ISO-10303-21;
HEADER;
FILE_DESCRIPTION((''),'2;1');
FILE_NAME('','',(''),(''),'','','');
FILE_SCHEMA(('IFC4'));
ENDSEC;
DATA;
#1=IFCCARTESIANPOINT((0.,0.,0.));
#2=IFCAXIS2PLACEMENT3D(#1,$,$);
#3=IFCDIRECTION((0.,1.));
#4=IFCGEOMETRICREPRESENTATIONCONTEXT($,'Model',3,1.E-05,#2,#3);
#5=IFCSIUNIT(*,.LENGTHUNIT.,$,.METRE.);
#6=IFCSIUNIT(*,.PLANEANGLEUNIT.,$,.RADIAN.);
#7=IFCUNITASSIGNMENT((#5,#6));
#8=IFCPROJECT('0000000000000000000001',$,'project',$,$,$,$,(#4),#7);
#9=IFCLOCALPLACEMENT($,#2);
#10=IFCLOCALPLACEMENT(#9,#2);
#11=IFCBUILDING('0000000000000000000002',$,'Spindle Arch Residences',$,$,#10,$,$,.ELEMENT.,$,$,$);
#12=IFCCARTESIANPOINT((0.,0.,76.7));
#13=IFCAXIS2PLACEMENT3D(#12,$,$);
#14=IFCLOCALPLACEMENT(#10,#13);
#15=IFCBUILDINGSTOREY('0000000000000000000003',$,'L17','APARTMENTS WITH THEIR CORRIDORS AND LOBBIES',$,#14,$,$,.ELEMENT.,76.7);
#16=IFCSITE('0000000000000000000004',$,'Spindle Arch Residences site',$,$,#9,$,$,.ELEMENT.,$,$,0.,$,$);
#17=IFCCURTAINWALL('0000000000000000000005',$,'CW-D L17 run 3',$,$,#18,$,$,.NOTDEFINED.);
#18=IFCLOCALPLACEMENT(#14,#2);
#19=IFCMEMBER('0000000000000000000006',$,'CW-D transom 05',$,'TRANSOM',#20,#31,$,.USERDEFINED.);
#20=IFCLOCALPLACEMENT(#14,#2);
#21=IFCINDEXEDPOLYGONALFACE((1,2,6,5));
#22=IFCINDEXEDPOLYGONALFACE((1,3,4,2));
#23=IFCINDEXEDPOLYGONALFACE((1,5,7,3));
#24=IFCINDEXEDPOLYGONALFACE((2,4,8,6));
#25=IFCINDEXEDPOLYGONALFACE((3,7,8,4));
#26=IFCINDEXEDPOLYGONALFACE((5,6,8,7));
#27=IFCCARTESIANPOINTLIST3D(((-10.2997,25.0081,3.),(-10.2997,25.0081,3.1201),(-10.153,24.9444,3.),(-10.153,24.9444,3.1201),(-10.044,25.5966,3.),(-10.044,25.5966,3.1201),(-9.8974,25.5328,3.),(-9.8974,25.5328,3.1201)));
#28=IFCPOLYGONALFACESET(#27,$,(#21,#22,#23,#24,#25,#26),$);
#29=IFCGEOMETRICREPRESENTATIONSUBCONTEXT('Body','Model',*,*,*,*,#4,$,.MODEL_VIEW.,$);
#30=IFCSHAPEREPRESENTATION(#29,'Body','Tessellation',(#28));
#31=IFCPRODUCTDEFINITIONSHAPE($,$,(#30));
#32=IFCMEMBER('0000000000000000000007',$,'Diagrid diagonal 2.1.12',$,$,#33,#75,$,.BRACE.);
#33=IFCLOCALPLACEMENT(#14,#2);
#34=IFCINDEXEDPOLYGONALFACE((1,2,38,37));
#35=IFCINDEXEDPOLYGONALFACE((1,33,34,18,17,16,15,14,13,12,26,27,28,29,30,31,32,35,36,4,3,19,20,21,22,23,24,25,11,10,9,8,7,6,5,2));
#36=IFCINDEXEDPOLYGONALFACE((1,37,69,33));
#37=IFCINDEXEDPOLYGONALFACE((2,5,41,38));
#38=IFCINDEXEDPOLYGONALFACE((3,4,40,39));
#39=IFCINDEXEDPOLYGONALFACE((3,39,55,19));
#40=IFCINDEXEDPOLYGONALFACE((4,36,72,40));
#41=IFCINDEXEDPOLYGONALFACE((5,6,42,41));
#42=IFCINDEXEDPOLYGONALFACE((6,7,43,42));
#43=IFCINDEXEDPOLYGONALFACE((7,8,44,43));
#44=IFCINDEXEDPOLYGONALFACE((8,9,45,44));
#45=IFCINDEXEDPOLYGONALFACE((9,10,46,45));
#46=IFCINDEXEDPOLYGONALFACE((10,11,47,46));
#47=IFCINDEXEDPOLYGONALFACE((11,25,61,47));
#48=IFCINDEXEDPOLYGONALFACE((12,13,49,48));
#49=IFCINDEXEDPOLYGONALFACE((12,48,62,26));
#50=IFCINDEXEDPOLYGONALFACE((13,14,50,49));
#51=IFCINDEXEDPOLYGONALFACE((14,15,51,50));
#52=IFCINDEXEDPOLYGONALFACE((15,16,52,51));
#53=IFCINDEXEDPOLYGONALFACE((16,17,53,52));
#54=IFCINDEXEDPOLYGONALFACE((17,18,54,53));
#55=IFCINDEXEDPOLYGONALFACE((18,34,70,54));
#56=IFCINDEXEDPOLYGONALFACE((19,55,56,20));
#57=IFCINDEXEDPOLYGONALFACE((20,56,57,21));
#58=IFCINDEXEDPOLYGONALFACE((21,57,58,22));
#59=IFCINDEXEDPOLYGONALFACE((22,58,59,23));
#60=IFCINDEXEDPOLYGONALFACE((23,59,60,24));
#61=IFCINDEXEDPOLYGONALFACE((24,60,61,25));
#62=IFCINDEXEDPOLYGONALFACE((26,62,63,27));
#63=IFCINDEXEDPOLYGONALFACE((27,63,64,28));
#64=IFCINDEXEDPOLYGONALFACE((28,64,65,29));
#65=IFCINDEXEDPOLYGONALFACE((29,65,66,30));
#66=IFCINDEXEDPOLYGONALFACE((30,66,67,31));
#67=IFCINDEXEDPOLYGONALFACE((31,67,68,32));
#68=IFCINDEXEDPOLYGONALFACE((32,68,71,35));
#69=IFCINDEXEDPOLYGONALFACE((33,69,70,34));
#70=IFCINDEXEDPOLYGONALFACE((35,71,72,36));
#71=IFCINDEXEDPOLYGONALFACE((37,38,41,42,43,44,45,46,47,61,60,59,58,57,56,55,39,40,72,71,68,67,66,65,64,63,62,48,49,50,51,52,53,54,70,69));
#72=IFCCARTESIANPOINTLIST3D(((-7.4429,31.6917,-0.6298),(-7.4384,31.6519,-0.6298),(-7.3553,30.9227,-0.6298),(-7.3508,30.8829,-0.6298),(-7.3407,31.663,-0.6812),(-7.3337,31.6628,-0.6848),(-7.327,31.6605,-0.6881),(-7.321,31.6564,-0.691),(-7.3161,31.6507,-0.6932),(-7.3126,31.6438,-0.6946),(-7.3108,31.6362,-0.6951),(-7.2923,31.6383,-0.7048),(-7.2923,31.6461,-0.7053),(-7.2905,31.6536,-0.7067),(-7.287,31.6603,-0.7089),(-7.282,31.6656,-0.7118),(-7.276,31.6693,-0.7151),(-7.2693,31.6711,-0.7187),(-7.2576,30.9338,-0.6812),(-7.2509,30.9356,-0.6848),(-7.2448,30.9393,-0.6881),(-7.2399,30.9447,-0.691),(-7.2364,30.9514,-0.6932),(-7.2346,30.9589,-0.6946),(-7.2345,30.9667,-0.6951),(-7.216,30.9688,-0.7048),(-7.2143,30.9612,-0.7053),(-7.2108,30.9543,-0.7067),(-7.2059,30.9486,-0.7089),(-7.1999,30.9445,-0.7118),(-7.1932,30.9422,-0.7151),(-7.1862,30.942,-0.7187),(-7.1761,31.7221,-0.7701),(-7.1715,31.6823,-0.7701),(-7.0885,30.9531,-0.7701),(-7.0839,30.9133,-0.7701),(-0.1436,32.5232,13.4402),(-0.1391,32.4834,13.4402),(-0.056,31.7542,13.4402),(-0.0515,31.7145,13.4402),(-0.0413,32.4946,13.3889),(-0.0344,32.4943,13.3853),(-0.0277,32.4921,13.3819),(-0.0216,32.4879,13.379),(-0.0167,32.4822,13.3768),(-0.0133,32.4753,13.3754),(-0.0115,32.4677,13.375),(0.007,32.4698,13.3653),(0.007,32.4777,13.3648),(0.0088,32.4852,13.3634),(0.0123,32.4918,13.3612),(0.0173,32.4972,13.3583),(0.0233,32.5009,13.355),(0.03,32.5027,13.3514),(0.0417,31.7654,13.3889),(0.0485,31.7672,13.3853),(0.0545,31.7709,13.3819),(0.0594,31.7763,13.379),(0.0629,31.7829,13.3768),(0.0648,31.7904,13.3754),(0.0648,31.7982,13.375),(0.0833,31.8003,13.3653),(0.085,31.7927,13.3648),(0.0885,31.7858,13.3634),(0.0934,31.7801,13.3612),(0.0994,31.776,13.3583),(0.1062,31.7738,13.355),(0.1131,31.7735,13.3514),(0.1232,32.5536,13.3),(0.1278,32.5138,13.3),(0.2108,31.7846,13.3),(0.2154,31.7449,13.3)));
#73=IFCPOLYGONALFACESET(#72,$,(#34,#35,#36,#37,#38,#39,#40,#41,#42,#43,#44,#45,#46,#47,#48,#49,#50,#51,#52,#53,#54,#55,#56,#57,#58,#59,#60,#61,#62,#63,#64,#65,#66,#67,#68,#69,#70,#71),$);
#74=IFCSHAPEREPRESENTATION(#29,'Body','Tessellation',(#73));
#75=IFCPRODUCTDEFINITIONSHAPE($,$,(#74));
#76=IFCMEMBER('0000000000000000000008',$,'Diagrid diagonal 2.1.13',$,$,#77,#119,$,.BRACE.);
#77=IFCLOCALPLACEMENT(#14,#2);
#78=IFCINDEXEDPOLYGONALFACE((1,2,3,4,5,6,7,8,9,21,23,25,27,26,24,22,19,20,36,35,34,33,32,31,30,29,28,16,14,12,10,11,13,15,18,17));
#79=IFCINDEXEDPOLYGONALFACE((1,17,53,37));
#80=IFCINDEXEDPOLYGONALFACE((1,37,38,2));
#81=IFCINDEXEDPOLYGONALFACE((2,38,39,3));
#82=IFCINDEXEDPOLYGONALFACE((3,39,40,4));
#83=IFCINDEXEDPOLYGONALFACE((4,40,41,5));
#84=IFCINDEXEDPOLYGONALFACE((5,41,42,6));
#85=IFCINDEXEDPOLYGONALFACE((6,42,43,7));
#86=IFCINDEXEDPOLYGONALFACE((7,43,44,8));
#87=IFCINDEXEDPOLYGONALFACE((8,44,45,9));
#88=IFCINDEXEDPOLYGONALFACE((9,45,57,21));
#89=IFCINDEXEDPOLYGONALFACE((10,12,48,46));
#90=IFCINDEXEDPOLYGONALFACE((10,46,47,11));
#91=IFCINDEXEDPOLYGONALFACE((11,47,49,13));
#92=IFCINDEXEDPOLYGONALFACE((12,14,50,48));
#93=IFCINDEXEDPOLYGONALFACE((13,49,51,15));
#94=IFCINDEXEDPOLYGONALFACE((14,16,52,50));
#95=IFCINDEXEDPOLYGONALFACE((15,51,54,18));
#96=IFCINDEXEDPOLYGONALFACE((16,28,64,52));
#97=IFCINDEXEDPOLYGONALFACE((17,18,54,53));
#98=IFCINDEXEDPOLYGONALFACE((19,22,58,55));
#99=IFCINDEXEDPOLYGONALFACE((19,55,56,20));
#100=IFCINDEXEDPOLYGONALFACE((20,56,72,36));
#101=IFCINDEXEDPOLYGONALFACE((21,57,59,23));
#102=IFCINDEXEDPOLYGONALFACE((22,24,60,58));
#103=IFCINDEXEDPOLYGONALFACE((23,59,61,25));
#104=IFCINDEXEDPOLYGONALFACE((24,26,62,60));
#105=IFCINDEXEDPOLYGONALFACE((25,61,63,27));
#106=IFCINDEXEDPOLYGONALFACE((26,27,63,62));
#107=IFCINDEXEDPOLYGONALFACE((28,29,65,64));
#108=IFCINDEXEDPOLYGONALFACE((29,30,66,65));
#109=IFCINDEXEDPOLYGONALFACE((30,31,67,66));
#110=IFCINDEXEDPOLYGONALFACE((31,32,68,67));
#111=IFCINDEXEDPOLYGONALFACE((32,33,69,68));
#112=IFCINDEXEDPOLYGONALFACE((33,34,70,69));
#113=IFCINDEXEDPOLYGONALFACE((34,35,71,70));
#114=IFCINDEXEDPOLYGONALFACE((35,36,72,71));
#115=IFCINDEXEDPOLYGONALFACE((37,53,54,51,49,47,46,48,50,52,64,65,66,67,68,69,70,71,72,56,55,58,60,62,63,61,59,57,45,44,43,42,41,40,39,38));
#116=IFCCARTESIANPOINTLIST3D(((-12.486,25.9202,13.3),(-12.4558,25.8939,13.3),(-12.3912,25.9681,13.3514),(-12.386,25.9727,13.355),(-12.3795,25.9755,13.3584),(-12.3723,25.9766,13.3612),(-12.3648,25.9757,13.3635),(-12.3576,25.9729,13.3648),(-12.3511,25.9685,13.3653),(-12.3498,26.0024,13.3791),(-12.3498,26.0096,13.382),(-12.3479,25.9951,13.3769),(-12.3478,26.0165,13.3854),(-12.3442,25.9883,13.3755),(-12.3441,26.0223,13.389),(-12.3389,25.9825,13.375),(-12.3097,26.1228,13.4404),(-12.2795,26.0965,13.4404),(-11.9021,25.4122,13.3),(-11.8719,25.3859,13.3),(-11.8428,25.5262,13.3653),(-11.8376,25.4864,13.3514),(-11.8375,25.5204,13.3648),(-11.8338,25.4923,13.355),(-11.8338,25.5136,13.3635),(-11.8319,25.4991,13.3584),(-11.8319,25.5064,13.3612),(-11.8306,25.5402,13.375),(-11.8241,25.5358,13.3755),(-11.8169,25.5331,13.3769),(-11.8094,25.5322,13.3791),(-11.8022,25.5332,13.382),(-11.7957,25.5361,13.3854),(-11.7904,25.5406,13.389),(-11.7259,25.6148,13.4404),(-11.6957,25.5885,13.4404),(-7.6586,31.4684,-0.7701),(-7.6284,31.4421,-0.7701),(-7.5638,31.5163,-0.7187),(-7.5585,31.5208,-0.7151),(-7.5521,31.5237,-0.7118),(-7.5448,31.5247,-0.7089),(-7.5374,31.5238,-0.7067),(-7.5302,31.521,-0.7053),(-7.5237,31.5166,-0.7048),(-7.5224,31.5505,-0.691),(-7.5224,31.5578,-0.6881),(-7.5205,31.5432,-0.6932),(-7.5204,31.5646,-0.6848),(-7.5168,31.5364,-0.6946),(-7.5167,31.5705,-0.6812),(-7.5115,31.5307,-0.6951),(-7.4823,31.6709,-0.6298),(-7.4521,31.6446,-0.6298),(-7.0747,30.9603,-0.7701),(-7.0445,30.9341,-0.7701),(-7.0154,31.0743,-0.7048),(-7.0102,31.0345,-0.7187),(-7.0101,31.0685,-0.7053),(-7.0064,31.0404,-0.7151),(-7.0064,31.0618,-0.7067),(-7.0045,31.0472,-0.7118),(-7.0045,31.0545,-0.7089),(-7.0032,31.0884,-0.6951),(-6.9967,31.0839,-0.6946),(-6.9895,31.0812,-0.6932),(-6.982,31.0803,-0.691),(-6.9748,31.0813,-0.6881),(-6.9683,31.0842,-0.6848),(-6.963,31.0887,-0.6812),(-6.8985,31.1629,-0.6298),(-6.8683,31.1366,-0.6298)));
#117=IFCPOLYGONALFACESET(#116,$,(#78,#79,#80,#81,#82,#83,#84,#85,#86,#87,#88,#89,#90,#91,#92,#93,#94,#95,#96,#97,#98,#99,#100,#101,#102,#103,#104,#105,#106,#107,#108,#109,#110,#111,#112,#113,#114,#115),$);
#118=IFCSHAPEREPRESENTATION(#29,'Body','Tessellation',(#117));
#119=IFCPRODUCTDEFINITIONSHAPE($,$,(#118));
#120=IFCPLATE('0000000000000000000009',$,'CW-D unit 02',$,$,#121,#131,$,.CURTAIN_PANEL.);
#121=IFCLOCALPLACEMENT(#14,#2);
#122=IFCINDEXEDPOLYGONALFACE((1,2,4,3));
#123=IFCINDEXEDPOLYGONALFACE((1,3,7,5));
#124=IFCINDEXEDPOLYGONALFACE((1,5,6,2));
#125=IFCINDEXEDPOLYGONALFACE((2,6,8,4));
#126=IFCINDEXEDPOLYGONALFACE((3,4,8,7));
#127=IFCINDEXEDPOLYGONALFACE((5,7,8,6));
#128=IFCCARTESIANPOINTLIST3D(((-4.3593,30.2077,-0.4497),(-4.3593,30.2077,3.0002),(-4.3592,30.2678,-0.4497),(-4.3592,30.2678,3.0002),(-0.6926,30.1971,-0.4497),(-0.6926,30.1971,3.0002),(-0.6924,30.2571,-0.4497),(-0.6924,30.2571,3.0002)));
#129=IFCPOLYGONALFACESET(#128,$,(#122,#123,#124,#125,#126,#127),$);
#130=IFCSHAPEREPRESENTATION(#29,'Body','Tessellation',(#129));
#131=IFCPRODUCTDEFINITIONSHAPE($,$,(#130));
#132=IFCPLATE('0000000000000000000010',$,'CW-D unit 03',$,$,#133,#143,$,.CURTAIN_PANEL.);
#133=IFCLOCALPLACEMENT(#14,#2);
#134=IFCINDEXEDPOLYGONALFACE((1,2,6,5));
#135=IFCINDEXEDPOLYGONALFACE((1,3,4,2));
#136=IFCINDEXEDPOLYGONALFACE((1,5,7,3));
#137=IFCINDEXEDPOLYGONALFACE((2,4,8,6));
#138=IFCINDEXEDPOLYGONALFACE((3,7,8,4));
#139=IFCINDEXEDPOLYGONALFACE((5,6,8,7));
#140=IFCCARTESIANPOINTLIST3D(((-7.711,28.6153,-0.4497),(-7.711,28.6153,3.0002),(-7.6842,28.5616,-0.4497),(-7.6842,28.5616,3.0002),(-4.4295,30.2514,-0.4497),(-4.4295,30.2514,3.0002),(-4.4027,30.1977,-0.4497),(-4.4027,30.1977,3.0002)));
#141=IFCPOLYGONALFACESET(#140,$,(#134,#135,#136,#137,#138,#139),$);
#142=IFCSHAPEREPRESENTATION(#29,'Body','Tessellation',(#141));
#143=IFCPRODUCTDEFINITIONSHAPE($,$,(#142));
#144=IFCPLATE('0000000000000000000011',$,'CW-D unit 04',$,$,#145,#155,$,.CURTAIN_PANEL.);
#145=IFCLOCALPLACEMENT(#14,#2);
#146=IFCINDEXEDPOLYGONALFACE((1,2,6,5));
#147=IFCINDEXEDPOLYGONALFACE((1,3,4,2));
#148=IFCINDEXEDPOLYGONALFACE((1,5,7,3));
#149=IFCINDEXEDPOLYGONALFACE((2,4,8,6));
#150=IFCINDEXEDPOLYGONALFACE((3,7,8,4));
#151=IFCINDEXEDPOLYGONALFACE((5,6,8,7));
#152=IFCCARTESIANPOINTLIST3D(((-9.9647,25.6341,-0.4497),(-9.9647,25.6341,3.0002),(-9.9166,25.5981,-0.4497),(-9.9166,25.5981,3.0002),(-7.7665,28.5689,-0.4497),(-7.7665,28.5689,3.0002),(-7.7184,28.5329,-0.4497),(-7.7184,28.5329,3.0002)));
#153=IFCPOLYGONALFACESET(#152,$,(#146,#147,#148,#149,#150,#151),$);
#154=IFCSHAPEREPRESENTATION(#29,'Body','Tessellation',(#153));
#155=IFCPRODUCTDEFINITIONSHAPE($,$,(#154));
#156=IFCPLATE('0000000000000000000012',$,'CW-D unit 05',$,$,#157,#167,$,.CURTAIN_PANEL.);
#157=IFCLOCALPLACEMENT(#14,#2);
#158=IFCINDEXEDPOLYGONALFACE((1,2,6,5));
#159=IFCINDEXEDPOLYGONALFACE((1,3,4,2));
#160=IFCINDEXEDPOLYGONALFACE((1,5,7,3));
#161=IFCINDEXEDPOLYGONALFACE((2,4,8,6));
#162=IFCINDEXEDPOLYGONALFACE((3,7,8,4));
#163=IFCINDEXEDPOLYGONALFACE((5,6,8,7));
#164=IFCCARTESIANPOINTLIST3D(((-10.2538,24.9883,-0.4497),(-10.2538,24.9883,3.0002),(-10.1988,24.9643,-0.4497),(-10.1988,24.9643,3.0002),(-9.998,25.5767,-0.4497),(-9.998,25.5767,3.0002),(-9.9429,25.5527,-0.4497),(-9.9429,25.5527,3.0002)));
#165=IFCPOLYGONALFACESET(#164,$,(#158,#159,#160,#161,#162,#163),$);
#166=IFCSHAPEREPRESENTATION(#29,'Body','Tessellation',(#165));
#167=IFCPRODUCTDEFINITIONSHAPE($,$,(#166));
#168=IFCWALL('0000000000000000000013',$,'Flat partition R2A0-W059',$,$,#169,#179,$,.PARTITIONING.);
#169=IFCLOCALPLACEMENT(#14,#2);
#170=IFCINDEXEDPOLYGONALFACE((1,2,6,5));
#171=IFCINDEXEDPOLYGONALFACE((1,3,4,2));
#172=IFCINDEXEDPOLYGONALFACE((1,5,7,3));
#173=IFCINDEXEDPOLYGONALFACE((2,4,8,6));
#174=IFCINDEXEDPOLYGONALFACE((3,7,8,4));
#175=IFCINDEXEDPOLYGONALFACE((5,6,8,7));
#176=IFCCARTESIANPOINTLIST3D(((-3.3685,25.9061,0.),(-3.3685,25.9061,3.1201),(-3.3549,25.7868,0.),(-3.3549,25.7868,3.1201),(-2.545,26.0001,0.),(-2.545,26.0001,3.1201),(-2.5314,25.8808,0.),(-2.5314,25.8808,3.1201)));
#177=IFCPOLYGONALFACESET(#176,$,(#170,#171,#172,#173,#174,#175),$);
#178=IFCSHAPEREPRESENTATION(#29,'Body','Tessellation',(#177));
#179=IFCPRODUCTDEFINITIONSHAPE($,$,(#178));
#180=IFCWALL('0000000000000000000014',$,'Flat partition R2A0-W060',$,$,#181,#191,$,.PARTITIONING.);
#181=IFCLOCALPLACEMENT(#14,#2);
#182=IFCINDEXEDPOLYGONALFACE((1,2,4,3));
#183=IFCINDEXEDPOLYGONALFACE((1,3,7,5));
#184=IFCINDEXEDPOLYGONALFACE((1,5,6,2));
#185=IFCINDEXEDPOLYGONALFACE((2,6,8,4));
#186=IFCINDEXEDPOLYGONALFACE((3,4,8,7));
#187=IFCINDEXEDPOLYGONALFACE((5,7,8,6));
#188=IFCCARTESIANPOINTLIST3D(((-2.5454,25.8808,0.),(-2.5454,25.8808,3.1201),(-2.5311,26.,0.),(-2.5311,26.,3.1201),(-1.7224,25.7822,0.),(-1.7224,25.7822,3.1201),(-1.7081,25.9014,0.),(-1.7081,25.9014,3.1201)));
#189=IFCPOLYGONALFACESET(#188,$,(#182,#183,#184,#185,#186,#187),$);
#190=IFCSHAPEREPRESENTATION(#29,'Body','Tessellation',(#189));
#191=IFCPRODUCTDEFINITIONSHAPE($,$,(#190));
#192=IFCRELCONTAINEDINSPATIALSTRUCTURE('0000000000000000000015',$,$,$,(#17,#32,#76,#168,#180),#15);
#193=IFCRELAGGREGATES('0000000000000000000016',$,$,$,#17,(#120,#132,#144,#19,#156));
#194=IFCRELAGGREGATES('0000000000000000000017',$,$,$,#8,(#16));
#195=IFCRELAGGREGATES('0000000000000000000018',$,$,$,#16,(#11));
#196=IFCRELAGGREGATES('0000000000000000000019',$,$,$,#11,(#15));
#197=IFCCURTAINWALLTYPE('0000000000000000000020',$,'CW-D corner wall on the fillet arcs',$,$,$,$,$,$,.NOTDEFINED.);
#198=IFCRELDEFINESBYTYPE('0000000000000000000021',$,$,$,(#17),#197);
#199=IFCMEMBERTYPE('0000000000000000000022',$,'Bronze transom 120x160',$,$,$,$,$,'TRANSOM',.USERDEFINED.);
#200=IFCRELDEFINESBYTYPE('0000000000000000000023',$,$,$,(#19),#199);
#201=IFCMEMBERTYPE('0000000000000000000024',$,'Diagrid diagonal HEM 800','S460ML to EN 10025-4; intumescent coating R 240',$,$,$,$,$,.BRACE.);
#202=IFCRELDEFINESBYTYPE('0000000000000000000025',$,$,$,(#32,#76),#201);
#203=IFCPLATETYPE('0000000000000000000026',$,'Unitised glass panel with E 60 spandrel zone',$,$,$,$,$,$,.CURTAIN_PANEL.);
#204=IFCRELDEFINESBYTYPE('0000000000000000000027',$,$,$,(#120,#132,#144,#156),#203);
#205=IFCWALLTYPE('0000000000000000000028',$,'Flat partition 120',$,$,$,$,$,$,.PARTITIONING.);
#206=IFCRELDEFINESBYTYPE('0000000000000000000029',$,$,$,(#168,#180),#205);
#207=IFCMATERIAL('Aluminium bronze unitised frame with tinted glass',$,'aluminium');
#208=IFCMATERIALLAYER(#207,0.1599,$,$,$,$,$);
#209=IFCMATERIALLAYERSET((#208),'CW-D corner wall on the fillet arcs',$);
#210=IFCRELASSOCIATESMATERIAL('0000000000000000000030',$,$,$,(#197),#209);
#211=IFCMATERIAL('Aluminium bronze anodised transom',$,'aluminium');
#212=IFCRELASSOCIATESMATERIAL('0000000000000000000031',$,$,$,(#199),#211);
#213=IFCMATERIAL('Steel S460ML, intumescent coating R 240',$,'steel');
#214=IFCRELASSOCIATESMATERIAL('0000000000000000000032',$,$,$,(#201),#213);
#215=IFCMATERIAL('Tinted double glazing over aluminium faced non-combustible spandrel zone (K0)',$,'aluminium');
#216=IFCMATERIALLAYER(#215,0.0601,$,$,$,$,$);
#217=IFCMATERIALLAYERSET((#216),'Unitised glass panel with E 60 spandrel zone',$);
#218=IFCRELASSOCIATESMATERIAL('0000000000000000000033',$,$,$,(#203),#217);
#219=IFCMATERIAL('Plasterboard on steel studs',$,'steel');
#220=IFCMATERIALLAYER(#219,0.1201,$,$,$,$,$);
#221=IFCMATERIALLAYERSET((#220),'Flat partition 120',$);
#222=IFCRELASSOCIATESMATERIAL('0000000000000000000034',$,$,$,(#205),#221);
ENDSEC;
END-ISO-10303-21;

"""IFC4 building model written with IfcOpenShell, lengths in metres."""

from ifc_helpers import new_model, si_unit, direction, frame, frame_2d, origin, origin_2d, place, context, subcontext, project, spatial, rectangle, i_section, extrude, material, layer, layer_set, material_profile, profile_set, type_object, element, aggregate, save


model = new_model("IFC4")

# Units and contexts
model_context = context("Model", 3, precision=1e-05, world=origin(), true_north=direction((0.0, 1.0)))
body_context = subcontext(model_context, "Body", "Model", "MODEL_VIEW")
ifc_project = project(units=[si_unit("LENGTHUNIT", "METRE"), si_unit("PLANEANGLEUNIT", "RADIAN")], contexts=[model_context])

# Site, building, storey
site_placement = place(None, origin())
site = spatial("IfcSite", under=ifc_project, at=site_placement, Name="Spindle Arch Residences site", CompositionType="ELEMENT", RefElevation=0.0)
building_placement = place(site_placement, origin())
building = spatial("IfcBuilding", under=site, at=building_placement, Name="Spindle Arch Residences", CompositionType="ELEMENT")
storey_placement = place(building_placement, frame((0.0, 0.0, 76.7)))
storey = spatial("IfcBuildingStorey", under=building, at=storey_placement, Name="L17", Description="APARTMENTS WITH THEIR CORRIDORS AND LOBBIES", CompositionType="ELEMENT", Elevation=76.7)

# Curtain wall, member
ifc_material_1 = material(Name="Aluminium bronze unitised frame with tinted glass", Category="aluminium")
ifc_layer_1 = layer(ifc_material_1, 0.1599)
ifc_layer_set_1 = layer_set([ifc_layer_1], Name="CW-D corner wall on the fillet arcs")
curtain_wall_type = type_object("IfcCurtainWallType", Name="CW-D corner wall on the fillet arcs", PredefinedType="NOTDEFINED", material=ifc_layer_set_1)
curtain_wall_placement = place(storey_placement, origin())
curtain_wall = element("IfcCurtainWall", 1, at=curtain_wall_placement, inside=storey, type_object=curtain_wall_type, Name="CW-D L17 run 3", PredefinedType="NOTDEFINED")
ifc_material_2 = material(Name="Aluminium bronze anodised transom", Category="aluminium")
ifc_material_profile_1 = material_profile(ifc_material_2, rectangle(XDim=0.1599, YDim=0.1201, at=origin_2d()), Name="TR 120x160")
ifc_profile_set_1 = profile_set([ifc_material_profile_1], Name="Aluminium bronze anodised transom")
member_type_1 = type_object("IfcMemberType", Name="Bronze transom 120x160", ElementType="TRANSOM", PredefinedType="USERDEFINED", material=ifc_profile_set_1)
member_1_placement = place(storey_placement, frame((-9.9707, 25.5647, 3.0601), z_axis=(-0.398462, -0.917185, 0.0), x_axis=(0.917185, -0.398462, 0.0)))
member_1 = element("IfcMember", 2, at=member_1_placement, type_object=member_type_1, Name="CW-D transom 05", ObjectType="TRANSOM", PredefinedType="USERDEFINED", context=body_context, shape_type="SweptSolid", body=[
    extrude(rectangle(XDim=0.1599, YDim=0.1201, at=origin_2d()), origin(), (0.0, 0.0, 1.0), 0.6416),
])

# Members
ifc_material_3 = material(Name="Steel S460ML, intumescent coating R 240", Category="steel")
ifc_material_profile_2 = material_profile(ifc_material_3, i_section(OverallWidth=0.303, OverallDepth=0.814, WebThickness=0.021, FlangeThickness=0.04, FilletRadius=0.03, at=origin_2d()), Name="HEM 800")
ifc_profile_set_2 = profile_set([ifc_material_profile_2], Name="Steel S460ML, intumescent coating R 240")
member_type_2 = type_object("IfcMemberType", Name="Diagrid diagonal HEM 800", Description="S460ML to EN 10025-4; intumescent coating R 240", PredefinedType="BRACE", material=ifc_profile_set_2)
member_2_placement = place(storey_placement, frame((-7.2634, 31.3025, -0.7), z_axis=(0.45987, 0.052389, 0.88644), x_axis=(-0.880743, -0.100335, 0.462844)))
element("IfcMember", 3, at=member_2_placement, inside=storey, type_object=member_type_2, Name="Diagrid diagonal 2.1.12", PredefinedType="BRACE", context=body_context, shape_type="SweptSolid", body=[
    extrude(i_section(OverallWidth=0.303, OverallDepth=0.814, WebThickness=0.021, FlangeThickness=0.04, FilletRadius=0.03, at=origin_2d()), origin(), (0.0, 0.0, 1.0), 15.8726),
])
member_3_placement = place(storey_placement, frame((-7.2634, 31.3025, -0.7), z_axis=(-0.304066, -0.349461, 0.88624), x_axis=(0.581735, 0.668585, 0.463227)))
element("IfcMember", 4, at=member_3_placement, inside=storey, type_object=member_type_2, Name="Diagrid diagonal 2.1.13", PredefinedType="BRACE", context=body_context, shape_type="SweptSolid", body=[
    extrude(i_section(OverallWidth=0.303, OverallDepth=0.814, WebThickness=0.021, FlangeThickness=0.04, FilletRadius=0.03, at=origin_2d()), origin(), (0.0, 0.0, 1.0), 15.8762),
])

# Plates
ifc_material_4 = material(Name="Tinted double glazing over aluminium faced non-combustible spandrel zone (K0)", Category="aluminium")
ifc_layer_2 = layer(ifc_material_4, 0.0601)
ifc_layer_set_2 = layer_set([ifc_layer_2], Name="Unitised glass panel with E 60 spandrel zone")
plate_type = type_object("IfcPlateType", Name="Unitised glass panel with E 60 spandrel zone", PredefinedType="CURTAIN_PANEL", material=ifc_layer_set_2)
plate_1_placement = place(storey_placement, frame((-2.5259, 30.2324, -0.4497), z_axis=(0.0, 0.0, 1.0), x_axis=(-0.999996, 0.002909, 0.0)))
plate_1 = element("IfcPlate", 5, at=plate_1_placement, type_object=plate_type, Name="CW-D unit 02", PredefinedType="CURTAIN_PANEL", context=body_context, shape_type="SweptSolid", body=[
    extrude(rectangle(XDim=3.6667, YDim=0.0601, at=origin_2d()), origin(), (0.0, 0.0, 1.0), 3.45),
])
plate_2_placement = place(storey_placement, frame((-6.0569, 29.4065, -0.4497), z_axis=(0.0, 0.0, 1.0), x_axis=(-0.894934, -0.446198, 0.0)))
plate_2 = element("IfcPlate", 6, at=plate_2_placement, type_object=plate_type, Name="CW-D unit 03", PredefinedType="CURTAIN_PANEL", context=body_context, shape_type="SweptSolid", body=[
    extrude(rectangle(XDim=3.6667, YDim=0.0601, at=origin_2d()), origin(), (0.0, 0.0, 1.0), 3.45),
])
plate_3_placement = place(storey_placement, frame((-8.8416, 27.0835, -0.4497), z_axis=(0.0, 0.0, 1.0), x_axis=(-0.599489, -0.800383, 0.0)))
plate_3 = element("IfcPlate", 7, at=plate_3_placement, type_object=plate_type, Name="CW-D unit 04", PredefinedType="CURTAIN_PANEL", context=body_context, shape_type="SweptSolid", body=[
    extrude(rectangle(XDim=3.6667, YDim=0.0601, at=origin_2d()), origin(), (0.0, 0.0, 1.0), 3.45),
])
plate_4_placement = place(storey_placement, frame((-10.0984, 25.2705, -0.4497), z_axis=(0.0, 0.0, 1.0), x_axis=(-0.398749, -0.91706, 0.0)))
plate_4 = element("IfcPlate", 8, at=plate_4_placement, type_object=plate_type, Name="CW-D unit 05", PredefinedType="CURTAIN_PANEL", context=body_context, shape_type="SweptSolid", body=[
    extrude(rectangle(XDim=0.6416, YDim=0.0601, at=origin_2d()), origin(), (0.0, 0.0, 1.0), 3.45),
])
aggregate(curtain_wall, [plate_1, plate_2, plate_3, member_1, plate_4])

# Walls
ifc_material_5 = material(Name="Plasterboard on steel studs", Category="steel")
ifc_layer_3 = layer(ifc_material_5, 0.1201)
ifc_layer_set_3 = layer_set([ifc_layer_3], Name="Flat partition 120")
wall_type_1 = type_object("IfcWallType", Name="Flat partition 120", PredefinedType="PARTITIONING", material=ifc_layer_set_3)
for number, where, z_axis, x_axis, name in (
    (9, (-3.3618, 25.8464, 0.0), (0.0, 0.0, 1.0), (0.993549, 0.113405, 0.0), "Flat partition R2A0-W059"),
    (10, (-2.5383, 25.9404, 0.0), (0.0, 0.0, 1.0), (0.992895, -0.118994, 0.0), "Flat partition R2A0-W060"),
):
    element("IfcWall", number, at=place(storey_placement, frame(where, z_axis=z_axis, x_axis=x_axis)), inside=storey, type_object=wall_type_1, Name=name, PredefinedType="PARTITIONING", context=body_context, shape_type="SweptSolid", body=[
        extrude(rectangle(XDim=0.8289, YDim=0.1201, at=frame_2d((0.4146, 0.0))), origin(), (0.0, 0.0, 1.0), 3.1201),
    ])

save(model, "model.ifc")
